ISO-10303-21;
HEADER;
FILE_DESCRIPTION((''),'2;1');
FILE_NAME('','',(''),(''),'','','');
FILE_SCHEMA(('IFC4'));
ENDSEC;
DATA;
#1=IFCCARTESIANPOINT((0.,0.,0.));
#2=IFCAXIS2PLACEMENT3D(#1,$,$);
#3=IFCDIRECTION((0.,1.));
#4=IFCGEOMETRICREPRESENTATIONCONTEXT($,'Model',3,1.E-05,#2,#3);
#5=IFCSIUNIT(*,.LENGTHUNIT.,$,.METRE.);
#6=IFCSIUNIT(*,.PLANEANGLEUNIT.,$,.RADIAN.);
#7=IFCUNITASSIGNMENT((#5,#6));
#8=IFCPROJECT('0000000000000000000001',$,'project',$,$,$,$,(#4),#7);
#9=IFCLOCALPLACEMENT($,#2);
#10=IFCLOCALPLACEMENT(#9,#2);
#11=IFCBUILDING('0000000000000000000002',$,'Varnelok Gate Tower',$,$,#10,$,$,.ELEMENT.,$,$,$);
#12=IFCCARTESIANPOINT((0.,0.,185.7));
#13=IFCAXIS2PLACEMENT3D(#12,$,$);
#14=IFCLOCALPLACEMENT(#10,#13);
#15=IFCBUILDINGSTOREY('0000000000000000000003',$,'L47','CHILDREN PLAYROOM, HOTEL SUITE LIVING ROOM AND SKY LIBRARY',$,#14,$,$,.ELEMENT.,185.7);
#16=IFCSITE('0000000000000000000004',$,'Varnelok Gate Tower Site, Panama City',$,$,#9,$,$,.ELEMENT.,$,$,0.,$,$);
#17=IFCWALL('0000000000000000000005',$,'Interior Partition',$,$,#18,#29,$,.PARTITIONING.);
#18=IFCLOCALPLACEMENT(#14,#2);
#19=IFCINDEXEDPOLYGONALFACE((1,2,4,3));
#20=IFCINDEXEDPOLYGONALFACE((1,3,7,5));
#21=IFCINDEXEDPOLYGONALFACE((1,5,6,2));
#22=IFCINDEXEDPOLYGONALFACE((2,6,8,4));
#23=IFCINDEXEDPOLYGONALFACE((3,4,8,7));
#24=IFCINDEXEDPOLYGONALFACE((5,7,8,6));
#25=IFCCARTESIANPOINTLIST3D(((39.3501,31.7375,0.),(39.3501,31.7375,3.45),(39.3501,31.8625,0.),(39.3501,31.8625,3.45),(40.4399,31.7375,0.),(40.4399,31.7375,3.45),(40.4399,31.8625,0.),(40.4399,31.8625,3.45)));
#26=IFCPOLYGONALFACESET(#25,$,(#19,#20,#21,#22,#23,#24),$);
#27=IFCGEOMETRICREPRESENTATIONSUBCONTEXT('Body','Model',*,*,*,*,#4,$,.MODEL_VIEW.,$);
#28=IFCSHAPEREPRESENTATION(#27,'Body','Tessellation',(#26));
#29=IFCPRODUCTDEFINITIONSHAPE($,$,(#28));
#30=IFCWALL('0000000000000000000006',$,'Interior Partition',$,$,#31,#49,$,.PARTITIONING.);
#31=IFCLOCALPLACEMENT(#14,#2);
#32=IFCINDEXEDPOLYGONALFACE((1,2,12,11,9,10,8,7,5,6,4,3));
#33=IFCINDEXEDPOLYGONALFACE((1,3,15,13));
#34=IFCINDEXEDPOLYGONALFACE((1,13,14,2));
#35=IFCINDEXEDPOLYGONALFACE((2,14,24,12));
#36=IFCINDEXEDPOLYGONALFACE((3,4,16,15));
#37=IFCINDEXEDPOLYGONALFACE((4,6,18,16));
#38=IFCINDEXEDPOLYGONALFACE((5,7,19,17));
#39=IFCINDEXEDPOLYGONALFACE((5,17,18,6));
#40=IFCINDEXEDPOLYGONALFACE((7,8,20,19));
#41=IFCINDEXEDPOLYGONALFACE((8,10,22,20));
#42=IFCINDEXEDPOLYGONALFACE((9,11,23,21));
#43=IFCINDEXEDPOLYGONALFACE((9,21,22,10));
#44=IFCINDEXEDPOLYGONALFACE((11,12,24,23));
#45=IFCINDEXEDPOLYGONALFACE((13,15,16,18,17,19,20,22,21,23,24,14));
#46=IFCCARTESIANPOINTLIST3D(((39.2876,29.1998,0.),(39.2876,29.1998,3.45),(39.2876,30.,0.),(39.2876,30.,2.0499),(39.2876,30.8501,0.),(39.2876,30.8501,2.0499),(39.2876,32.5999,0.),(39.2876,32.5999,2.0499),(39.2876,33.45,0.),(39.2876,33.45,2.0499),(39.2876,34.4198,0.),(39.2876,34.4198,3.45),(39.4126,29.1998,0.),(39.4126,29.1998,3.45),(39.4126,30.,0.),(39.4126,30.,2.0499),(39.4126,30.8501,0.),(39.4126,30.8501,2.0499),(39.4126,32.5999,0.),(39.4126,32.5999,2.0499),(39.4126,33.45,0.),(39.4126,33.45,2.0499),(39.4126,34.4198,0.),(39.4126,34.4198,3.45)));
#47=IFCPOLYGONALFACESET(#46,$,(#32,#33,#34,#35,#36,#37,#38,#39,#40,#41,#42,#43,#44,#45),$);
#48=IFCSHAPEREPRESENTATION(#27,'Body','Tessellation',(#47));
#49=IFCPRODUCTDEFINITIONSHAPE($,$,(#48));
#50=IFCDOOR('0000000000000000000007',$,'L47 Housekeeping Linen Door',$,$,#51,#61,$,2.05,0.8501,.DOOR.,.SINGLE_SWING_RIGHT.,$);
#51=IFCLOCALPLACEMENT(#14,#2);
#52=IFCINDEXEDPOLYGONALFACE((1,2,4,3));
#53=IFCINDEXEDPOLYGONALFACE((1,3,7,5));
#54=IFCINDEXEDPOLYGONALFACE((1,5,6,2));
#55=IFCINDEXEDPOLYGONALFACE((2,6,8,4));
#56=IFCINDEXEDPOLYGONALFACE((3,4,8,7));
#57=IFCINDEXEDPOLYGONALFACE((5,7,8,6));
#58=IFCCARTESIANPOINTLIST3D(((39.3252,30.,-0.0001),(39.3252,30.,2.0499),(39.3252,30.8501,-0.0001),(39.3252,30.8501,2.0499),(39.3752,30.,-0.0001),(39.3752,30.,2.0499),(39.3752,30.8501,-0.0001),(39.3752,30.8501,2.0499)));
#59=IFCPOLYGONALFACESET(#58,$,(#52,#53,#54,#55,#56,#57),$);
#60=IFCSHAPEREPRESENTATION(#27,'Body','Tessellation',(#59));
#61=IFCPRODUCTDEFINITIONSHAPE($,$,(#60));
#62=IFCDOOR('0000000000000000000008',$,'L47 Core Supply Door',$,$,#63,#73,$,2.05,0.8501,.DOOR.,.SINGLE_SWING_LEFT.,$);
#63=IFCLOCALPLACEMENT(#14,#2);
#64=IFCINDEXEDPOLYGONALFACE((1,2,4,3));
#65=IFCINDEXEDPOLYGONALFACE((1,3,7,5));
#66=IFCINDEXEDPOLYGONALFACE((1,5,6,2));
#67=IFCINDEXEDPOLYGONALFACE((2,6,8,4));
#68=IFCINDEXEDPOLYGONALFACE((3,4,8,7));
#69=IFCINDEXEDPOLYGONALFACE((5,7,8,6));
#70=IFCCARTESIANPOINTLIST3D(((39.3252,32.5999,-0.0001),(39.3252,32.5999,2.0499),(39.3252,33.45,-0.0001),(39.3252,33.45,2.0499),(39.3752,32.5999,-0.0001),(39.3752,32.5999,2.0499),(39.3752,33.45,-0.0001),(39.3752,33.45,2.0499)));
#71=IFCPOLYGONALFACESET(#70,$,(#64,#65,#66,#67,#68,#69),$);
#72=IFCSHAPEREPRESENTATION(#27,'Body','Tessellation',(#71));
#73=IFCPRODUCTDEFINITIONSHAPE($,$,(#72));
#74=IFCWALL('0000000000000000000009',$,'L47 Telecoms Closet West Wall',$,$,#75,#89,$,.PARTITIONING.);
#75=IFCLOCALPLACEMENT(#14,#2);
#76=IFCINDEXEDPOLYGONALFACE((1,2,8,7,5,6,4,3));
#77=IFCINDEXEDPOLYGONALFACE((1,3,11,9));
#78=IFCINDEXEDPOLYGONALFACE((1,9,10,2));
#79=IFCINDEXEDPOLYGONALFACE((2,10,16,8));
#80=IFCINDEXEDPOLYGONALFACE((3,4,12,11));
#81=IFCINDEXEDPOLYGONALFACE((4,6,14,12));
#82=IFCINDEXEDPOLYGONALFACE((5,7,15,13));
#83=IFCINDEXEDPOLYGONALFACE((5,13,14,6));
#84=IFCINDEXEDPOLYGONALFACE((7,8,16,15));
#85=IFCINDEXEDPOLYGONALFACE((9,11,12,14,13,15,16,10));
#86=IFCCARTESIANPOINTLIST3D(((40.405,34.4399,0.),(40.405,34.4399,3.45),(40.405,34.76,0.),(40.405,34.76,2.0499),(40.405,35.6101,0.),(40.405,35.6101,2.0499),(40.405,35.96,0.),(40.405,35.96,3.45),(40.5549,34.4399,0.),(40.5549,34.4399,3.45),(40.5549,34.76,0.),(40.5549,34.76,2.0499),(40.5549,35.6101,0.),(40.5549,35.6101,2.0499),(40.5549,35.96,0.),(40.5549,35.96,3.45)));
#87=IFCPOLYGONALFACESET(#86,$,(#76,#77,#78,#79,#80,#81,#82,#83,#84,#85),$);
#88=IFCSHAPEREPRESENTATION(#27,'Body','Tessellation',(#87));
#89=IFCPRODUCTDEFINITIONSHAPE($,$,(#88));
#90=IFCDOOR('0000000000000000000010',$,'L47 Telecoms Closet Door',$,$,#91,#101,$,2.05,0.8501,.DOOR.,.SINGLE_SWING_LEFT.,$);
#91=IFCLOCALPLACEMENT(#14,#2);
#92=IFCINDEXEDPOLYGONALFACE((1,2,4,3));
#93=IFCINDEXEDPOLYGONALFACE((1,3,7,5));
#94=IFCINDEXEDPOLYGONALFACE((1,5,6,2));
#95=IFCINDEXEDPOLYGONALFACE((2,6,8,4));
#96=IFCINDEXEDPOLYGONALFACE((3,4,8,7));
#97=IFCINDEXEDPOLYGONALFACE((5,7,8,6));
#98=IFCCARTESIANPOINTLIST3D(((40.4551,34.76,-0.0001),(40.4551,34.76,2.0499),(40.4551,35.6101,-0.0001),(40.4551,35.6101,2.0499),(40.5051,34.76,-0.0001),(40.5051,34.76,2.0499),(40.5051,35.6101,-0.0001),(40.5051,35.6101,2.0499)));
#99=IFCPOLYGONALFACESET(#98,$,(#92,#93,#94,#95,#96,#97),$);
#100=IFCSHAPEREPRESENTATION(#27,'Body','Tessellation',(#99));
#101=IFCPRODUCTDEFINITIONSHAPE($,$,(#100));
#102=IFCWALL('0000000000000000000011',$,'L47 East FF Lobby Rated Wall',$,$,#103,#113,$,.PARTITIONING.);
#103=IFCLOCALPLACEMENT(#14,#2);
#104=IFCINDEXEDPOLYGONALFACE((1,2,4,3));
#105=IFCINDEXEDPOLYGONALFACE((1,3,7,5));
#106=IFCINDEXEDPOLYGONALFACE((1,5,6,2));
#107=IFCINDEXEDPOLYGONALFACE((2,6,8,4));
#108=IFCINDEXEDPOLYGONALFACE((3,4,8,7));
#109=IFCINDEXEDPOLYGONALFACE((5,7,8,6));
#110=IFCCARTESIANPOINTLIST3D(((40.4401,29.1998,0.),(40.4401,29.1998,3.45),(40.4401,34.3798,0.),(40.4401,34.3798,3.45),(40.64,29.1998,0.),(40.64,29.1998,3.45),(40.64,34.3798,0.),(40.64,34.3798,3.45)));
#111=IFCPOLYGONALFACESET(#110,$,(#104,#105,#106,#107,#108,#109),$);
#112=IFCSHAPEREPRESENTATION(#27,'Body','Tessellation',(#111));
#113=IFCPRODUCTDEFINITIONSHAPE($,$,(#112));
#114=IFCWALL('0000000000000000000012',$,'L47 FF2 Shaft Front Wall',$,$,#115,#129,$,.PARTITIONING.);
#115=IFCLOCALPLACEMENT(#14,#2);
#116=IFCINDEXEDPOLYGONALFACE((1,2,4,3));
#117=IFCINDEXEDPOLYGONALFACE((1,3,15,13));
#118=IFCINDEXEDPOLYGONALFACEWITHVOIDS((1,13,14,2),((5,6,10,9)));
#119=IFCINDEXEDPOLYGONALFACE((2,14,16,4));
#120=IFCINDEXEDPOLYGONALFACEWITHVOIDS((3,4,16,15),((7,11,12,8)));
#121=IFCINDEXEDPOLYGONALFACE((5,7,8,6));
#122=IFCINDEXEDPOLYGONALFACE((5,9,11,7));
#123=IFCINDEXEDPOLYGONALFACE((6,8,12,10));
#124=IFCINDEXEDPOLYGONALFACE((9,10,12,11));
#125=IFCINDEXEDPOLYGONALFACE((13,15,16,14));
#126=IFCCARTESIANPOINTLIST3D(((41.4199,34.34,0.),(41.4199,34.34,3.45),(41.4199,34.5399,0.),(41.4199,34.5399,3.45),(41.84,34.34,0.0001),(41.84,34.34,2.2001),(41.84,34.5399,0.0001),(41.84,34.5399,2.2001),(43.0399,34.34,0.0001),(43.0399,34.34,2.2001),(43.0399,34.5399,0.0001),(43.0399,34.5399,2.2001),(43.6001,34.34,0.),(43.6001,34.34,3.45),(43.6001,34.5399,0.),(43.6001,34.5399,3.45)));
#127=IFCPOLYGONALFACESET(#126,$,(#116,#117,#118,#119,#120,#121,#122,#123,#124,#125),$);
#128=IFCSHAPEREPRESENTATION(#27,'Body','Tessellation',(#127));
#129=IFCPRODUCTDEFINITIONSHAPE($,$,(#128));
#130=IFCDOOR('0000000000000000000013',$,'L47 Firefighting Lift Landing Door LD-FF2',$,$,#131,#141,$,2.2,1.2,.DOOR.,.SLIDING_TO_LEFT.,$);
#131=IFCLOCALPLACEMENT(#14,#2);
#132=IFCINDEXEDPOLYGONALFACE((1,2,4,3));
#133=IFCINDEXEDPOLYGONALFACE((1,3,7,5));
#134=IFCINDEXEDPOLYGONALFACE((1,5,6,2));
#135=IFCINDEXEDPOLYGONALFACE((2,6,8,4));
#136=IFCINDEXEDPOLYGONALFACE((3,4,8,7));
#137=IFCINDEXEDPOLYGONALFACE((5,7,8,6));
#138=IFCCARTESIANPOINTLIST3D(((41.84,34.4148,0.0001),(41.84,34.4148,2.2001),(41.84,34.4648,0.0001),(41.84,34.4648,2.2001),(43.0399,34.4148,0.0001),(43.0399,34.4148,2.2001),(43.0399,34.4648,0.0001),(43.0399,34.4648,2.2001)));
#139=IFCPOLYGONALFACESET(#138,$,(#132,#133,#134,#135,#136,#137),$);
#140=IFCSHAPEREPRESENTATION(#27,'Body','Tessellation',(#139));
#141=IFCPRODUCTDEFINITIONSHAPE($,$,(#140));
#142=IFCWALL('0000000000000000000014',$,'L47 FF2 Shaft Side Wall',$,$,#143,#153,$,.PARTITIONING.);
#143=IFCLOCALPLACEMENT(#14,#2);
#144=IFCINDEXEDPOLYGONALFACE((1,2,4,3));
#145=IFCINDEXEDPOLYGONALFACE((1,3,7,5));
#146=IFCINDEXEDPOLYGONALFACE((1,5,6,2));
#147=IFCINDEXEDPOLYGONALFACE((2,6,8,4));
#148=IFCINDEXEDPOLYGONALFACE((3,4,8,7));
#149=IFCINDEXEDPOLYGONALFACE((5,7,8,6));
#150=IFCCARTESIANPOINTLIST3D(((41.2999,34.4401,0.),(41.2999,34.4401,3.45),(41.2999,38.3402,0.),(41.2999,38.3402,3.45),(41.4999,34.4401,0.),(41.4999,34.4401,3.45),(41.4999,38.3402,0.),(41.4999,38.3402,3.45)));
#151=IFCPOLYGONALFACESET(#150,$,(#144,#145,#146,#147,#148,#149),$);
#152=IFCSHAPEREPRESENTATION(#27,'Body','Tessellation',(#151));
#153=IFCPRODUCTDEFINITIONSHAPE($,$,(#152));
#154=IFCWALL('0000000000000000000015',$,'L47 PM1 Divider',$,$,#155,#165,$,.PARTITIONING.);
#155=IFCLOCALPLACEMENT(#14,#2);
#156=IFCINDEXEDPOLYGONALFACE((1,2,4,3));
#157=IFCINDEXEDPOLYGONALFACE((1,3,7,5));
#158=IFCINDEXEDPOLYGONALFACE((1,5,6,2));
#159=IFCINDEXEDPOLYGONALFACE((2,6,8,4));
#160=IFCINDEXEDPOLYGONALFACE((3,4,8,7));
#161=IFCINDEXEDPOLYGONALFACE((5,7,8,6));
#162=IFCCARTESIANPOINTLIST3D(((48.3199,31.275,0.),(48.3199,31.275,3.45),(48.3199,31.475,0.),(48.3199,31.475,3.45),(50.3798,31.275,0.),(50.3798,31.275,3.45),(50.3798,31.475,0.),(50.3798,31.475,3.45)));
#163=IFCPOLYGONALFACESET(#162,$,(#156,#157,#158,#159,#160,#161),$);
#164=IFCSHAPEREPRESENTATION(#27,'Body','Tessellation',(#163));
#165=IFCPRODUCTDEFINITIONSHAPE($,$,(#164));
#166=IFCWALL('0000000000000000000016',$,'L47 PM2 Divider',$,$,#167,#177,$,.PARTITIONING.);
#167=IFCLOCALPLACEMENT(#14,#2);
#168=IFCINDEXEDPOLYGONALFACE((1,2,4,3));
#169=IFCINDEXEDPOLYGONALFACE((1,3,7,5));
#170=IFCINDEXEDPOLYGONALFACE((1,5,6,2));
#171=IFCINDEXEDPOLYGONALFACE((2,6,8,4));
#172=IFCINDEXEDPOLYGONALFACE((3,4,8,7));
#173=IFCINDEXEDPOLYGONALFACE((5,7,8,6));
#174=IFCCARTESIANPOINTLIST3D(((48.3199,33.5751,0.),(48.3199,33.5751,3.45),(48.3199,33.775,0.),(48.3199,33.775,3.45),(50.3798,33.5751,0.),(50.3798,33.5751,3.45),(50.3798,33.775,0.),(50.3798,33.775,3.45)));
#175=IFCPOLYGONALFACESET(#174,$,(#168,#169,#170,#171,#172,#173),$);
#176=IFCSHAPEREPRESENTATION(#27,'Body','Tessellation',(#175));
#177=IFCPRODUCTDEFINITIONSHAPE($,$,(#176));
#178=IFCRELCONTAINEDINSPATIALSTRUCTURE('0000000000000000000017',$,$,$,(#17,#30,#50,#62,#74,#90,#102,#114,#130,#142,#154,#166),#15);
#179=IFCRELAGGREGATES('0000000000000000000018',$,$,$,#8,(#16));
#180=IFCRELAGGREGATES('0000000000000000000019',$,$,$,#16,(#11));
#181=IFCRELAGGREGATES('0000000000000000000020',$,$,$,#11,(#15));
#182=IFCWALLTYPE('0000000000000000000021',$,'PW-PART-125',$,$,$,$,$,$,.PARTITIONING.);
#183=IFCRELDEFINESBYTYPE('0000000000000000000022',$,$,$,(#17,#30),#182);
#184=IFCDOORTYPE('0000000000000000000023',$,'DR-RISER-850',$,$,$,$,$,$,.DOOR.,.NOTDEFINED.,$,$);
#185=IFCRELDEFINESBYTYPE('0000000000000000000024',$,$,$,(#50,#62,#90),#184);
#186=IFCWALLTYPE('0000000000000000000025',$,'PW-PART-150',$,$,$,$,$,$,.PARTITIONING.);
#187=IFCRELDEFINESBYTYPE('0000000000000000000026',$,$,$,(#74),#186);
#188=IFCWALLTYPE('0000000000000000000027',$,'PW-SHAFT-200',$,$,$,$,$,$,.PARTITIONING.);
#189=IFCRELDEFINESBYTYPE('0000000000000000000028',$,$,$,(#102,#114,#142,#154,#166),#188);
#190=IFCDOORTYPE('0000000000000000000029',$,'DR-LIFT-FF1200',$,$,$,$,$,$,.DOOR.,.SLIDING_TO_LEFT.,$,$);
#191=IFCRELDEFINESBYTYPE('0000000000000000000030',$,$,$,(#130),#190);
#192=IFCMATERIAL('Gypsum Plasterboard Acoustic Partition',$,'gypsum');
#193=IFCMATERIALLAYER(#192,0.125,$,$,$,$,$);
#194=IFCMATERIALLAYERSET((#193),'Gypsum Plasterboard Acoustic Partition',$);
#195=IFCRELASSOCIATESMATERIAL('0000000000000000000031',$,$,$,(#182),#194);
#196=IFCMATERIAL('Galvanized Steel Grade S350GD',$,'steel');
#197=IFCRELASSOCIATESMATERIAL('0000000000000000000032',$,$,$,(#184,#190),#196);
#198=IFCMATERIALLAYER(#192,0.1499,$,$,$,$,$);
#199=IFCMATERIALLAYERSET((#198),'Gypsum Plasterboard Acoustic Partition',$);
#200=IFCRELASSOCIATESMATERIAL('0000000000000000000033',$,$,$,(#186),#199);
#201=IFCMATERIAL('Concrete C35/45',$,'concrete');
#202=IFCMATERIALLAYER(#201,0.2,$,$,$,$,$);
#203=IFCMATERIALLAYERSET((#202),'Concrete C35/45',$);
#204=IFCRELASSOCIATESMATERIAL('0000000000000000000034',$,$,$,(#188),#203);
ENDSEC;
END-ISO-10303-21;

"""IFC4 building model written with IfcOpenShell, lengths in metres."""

from ifc_helpers import new_model, si_unit, direction, frame, frame_2d, origin, place, context, subcontext, project, spatial, rectangle, extrude, material, layer, layer_set, type_object, element, fill, save


model = new_model("IFC4")

# Units and contexts
model_context = context("Model", 3, precision=1e-05, world=origin(), true_north=direction((0.0, 1.0)))
body_context = subcontext(model_context, "Body", "Model", "MODEL_VIEW")
ifc_project = project(units=[si_unit("LENGTHUNIT", "METRE"), si_unit("PLANEANGLEUNIT", "RADIAN")], contexts=[model_context])

# Site, building, storey
site_placement = place(None, origin())
site = spatial("IfcSite", under=ifc_project, at=site_placement, Name="Varnelok Gate Tower Site, Panama City", CompositionType="ELEMENT", RefElevation=0.0)
building_placement = place(site_placement, origin())
building = spatial("IfcBuilding", under=site, at=building_placement, Name="Varnelok Gate Tower", CompositionType="ELEMENT")
storey_placement = place(building_placement, frame((0.0, 0.0, 185.7)))
storey = spatial("IfcBuildingStorey", under=building, at=storey_placement, Name="L47", Description="CHILDREN PLAYROOM, HOTEL SUITE LIVING ROOM AND SKY LIBRARY", CompositionType="ELEMENT", Elevation=185.7)

# Wall
ifc_material_1 = material(Name="Gypsum Plasterboard Acoustic Partition", Category="gypsum")
ifc_layer_1 = layer(ifc_material_1, 0.125)
ifc_layer_set_1 = layer_set([ifc_layer_1], Name="Gypsum Plasterboard Acoustic Partition")
wall_type_1 = type_object("IfcWallType", Name="PW-PART-125", PredefinedType="PARTITIONING", material=ifc_layer_set_1)
wall_1_placement = place(storey_placement, frame((39.3501, 31.8, 0.0), z_axis=(0.0, 0.0, 1.0), x_axis=(1.0, 0.0, 0.0)))
element("IfcWall", 1, at=wall_1_placement, inside=storey, type_object=wall_type_1, Name="Interior Partition", PredefinedType="PARTITIONING", context=body_context, shape_type="SweptSolid", body=[
    extrude(rectangle(XDim=1.0898, YDim=0.125, at=frame_2d((0.5449, 0.0))), origin(), (0.0, 0.0, 1.0), 3.45),
])

# Wall, openings, doors
wall_2_placement = place(storey_placement, frame((39.3501, 29.2, 0.0), z_axis=(0.0, 0.0, 1.0), x_axis=(0.0, 1.0, 0.0)))
wall_2 = element("IfcWall", 2, at=wall_2_placement, inside=storey, type_object=wall_type_1, Name="Interior Partition", PredefinedType="PARTITIONING", context=body_context, shape_type="SweptSolid", body=[
    extrude(rectangle(XDim=5.22, YDim=0.125, at=frame_2d((2.6099, 0.0))), origin(), (0.0, 0.0, 1.0), 3.45),
])
opening_1_placement = place(wall_2_placement, frame((0.8, 0.0, 0.0)))
opening_1 = element("IfcOpeningElement", 3, at=opening_1_placement, cuts=wall_2, PredefinedType="OPENING", context=body_context, shape_type="SweptSolid", body=[
    extrude(rectangle(XDim=0.8501, YDim=2.05, at=frame_2d((0.425, 1.0249))), frame((0.0, 0.0725, 0.0), z_axis=(0.0, -1.0, 0.0), x_axis=(1.0, 0.0, 0.0)), (0.0, 0.0, 1.0), 0.145),
])
opening_2_placement = place(wall_2_placement, frame((3.3999, 0.0, 0.0)))
opening_2 = element("IfcOpeningElement", 4, at=opening_2_placement, cuts=wall_2, PredefinedType="OPENING", context=body_context, shape_type="SweptSolid", body=[
    extrude(rectangle(XDim=0.8501, YDim=2.05, at=frame_2d((0.425, 1.0249))), frame((0.0, 0.0725, 0.0), z_axis=(0.0, -1.0, 0.0), x_axis=(1.0, 0.0, 0.0)), (0.0, 0.0, 1.0), 0.145),
])
ifc_material_2 = material(Name="Galvanized Steel Grade S350GD", Category="steel")
door_type_1 = type_object("IfcDoorType", Name="DR-RISER-850", OperationType="NOTDEFINED", PredefinedType="DOOR", material=ifc_material_2)
door_1_placement = place(opening_1_placement, origin())
door_1 = element("IfcDoor", 5, at=door_1_placement, inside=storey, type_object=door_type_1, Name="L47 Housekeeping Linen Door", OperationType="SINGLE_SWING_RIGHT", OverallHeight=2.05, OverallWidth=0.8501, PredefinedType="DOOR", context=body_context, shape_type="SweptSolid", body=[
    extrude(rectangle(XDim=0.8501, YDim=2.05, at=frame_2d((0.425, 1.0249))), frame((0.0, 0.0249, 0.0), z_axis=(0.0, -1.0, 0.0), x_axis=(1.0, 0.0, 0.0)), (0.0, 0.0, 1.0), 0.05),
])
fill(opening_1, door_1)
door_2_placement = place(opening_2_placement, origin())
door_2 = element("IfcDoor", 6, at=door_2_placement, inside=storey, type_object=door_type_1, Name="L47 Core Supply Door", OperationType="SINGLE_SWING_LEFT", OverallHeight=2.05, OverallWidth=0.8501, PredefinedType="DOOR", context=body_context, shape_type="SweptSolid", body=[
    extrude(rectangle(XDim=0.8501, YDim=2.05, at=frame_2d((0.425, 1.0249))), frame((0.0, 0.0249, 0.0), z_axis=(0.0, -1.0, 0.0), x_axis=(1.0, 0.0, 0.0)), (0.0, 0.0, 1.0), 0.05),
])
fill(opening_2, door_2)

# Wall, opening, door
ifc_layer_2 = layer(ifc_material_1, 0.1499)
ifc_layer_set_2 = layer_set([ifc_layer_2], Name="Gypsum Plasterboard Acoustic Partition")
wall_type_2 = type_object("IfcWallType", Name="PW-PART-150", PredefinedType="PARTITIONING", material=ifc_layer_set_2)
wall_3_placement = place(storey_placement, frame((40.48, 34.4399, 0.0), z_axis=(0.0, 0.0, 1.0), x_axis=(0.0, 1.0, 0.0)))
wall_3 = element("IfcWall", 7, at=wall_3_placement, inside=storey, type_object=wall_type_2, Name="L47 Telecoms Closet West Wall", PredefinedType="PARTITIONING", context=body_context, shape_type="SweptSolid", body=[
    extrude(rectangle(XDim=1.52, YDim=0.1499, at=frame_2d((0.76, 0.0))), origin(), (0.0, 0.0, 1.0), 3.45),
])
opening_3_placement = place(wall_3_placement, frame((0.3201, 0.0, 0.0)))
opening_3 = element("IfcOpeningElement", 8, at=opening_3_placement, cuts=wall_3, PredefinedType="OPENING", context=body_context, shape_type="SweptSolid", body=[
    extrude(rectangle(XDim=0.8501, YDim=2.05, at=frame_2d((0.425, 1.0249))), frame((0.0, 0.085, 0.0), z_axis=(0.0, -1.0, 0.0), x_axis=(1.0, 0.0, 0.0)), (0.0, 0.0, 1.0), 0.1699),
])
door_3_placement = place(opening_3_placement, origin())
door_3 = element("IfcDoor", 9, at=door_3_placement, inside=storey, type_object=door_type_1, Name="L47 Telecoms Closet Door", OperationType="SINGLE_SWING_LEFT", OverallHeight=2.05, OverallWidth=0.8501, PredefinedType="DOOR", context=body_context, shape_type="SweptSolid", body=[
    extrude(rectangle(XDim=0.8501, YDim=2.05, at=frame_2d((0.425, 1.0249))), frame((0.0, 0.0249, 0.0), z_axis=(0.0, -1.0, 0.0), x_axis=(1.0, 0.0, 0.0)), (0.0, 0.0, 1.0), 0.05),
])
fill(opening_3, door_3)

# Wall
ifc_material_3 = material(Name="Concrete C35/45", Category="concrete")
ifc_layer_3 = layer(ifc_material_3, 0.2)
ifc_layer_set_3 = layer_set([ifc_layer_3], Name="Concrete C35/45")
wall_type_3 = type_object("IfcWallType", Name="PW-SHAFT-200", PredefinedType="PARTITIONING", material=ifc_layer_set_3)
wall_4_placement = place(storey_placement, frame((40.54, 29.2, 0.0), z_axis=(0.0, 0.0, 1.0), x_axis=(0.0, 1.0, 0.0)))
element("IfcWall", 10, at=wall_4_placement, inside=storey, type_object=wall_type_3, Name="L47 East FF Lobby Rated Wall", PredefinedType="PARTITIONING", context=body_context, shape_type="SweptSolid", body=[
    extrude(rectangle(XDim=5.1799, YDim=0.2, at=frame_2d((2.5898, 0.0))), origin(), (0.0, 0.0, 1.0), 3.45),
])

# Wall, opening, door
wall_5_placement = place(storey_placement, frame((41.4199, 34.4399, 0.0), z_axis=(0.0, 0.0, 1.0), x_axis=(1.0, 0.0, 0.0)))
wall_5 = element("IfcWall", 11, at=wall_5_placement, inside=storey, type_object=wall_type_3, Name="L47 FF2 Shaft Front Wall", PredefinedType="PARTITIONING", context=body_context, shape_type="SweptSolid", body=[
    extrude(rectangle(XDim=2.1802, YDim=0.2, at=frame_2d((1.0901, 0.0))), origin(), (0.0, 0.0, 1.0), 3.45),
])
opening_4_placement = place(wall_5_placement, frame((0.4199, 0.0, 0.0)))
opening_4 = element("IfcOpeningElement", 12, at=opening_4_placement, cuts=wall_5, PredefinedType="OPENING", context=body_context, shape_type="SweptSolid", body=[
    extrude(rectangle(XDim=1.2, YDim=2.2, at=frame_2d((0.6001, 1.1001))), frame((0.0, 0.1099, 0.0), z_axis=(0.0, -1.0, 0.0), x_axis=(1.0, 0.0, 0.0)), (0.0, 0.0, 1.0), 0.22),
])
door_type_2 = type_object("IfcDoorType", Name="DR-LIFT-FF1200", OperationType="SLIDING_TO_LEFT", PredefinedType="DOOR", material=ifc_material_2)
door_4_placement = place(opening_4_placement, origin())
door_4 = element("IfcDoor", 13, at=door_4_placement, inside=storey, type_object=door_type_2, Name="L47 Firefighting Lift Landing Door LD-FF2", OperationType="SLIDING_TO_LEFT", OverallHeight=2.2, OverallWidth=1.2, PredefinedType="DOOR", context=body_context, shape_type="SweptSolid", body=[
    extrude(rectangle(XDim=1.2, YDim=2.2, at=frame_2d((0.6001, 1.1001))), frame((0.0, 0.0249, 0.0), z_axis=(0.0, -1.0, 0.0), x_axis=(1.0, 0.0, 0.0)), (0.0, 0.0, 1.0), 0.05),
])
fill(opening_4, door_4)

# Walls
wall_6_placement = place(storey_placement, frame((41.3999, 34.4399, 0.0), z_axis=(0.0, 0.0, 1.0), x_axis=(0.0, 1.0, 0.0)))
element("IfcWall", 14, at=wall_6_placement, inside=storey, type_object=wall_type_3, Name="L47 FF2 Shaft Side Wall", PredefinedType="PARTITIONING", context=body_context, shape_type="SweptSolid", body=[
    extrude(rectangle(XDim=3.9001, YDim=0.2, at=frame_2d((1.9502, 0.0))), origin(), (0.0, 0.0, 1.0), 3.45),
])
for number, where, z_axis, x_axis, name in (
    (15, (48.3201, 31.375, 0.0), (0.0, 0.0, 1.0), (1.0, 0.0, 0.0), "L47 PM1 Divider"),
    (16, (48.3201, 33.675, 0.0), (0.0, 0.0, 1.0), (1.0, 0.0, 0.0), "L47 PM2 Divider"),
):
    element("IfcWall", number, at=place(storey_placement, frame(where, z_axis=z_axis, x_axis=x_axis)), inside=storey, type_object=wall_type_3, Name=name, PredefinedType="PARTITIONING", context=body_context, shape_type="SweptSolid", body=[
        extrude(rectangle(XDim=2.0598, YDim=0.2, at=frame_2d((1.0298, 0.0))), origin(), (0.0, 0.0, 1.0), 3.45),
    ])

save(model, "model.ifc")
